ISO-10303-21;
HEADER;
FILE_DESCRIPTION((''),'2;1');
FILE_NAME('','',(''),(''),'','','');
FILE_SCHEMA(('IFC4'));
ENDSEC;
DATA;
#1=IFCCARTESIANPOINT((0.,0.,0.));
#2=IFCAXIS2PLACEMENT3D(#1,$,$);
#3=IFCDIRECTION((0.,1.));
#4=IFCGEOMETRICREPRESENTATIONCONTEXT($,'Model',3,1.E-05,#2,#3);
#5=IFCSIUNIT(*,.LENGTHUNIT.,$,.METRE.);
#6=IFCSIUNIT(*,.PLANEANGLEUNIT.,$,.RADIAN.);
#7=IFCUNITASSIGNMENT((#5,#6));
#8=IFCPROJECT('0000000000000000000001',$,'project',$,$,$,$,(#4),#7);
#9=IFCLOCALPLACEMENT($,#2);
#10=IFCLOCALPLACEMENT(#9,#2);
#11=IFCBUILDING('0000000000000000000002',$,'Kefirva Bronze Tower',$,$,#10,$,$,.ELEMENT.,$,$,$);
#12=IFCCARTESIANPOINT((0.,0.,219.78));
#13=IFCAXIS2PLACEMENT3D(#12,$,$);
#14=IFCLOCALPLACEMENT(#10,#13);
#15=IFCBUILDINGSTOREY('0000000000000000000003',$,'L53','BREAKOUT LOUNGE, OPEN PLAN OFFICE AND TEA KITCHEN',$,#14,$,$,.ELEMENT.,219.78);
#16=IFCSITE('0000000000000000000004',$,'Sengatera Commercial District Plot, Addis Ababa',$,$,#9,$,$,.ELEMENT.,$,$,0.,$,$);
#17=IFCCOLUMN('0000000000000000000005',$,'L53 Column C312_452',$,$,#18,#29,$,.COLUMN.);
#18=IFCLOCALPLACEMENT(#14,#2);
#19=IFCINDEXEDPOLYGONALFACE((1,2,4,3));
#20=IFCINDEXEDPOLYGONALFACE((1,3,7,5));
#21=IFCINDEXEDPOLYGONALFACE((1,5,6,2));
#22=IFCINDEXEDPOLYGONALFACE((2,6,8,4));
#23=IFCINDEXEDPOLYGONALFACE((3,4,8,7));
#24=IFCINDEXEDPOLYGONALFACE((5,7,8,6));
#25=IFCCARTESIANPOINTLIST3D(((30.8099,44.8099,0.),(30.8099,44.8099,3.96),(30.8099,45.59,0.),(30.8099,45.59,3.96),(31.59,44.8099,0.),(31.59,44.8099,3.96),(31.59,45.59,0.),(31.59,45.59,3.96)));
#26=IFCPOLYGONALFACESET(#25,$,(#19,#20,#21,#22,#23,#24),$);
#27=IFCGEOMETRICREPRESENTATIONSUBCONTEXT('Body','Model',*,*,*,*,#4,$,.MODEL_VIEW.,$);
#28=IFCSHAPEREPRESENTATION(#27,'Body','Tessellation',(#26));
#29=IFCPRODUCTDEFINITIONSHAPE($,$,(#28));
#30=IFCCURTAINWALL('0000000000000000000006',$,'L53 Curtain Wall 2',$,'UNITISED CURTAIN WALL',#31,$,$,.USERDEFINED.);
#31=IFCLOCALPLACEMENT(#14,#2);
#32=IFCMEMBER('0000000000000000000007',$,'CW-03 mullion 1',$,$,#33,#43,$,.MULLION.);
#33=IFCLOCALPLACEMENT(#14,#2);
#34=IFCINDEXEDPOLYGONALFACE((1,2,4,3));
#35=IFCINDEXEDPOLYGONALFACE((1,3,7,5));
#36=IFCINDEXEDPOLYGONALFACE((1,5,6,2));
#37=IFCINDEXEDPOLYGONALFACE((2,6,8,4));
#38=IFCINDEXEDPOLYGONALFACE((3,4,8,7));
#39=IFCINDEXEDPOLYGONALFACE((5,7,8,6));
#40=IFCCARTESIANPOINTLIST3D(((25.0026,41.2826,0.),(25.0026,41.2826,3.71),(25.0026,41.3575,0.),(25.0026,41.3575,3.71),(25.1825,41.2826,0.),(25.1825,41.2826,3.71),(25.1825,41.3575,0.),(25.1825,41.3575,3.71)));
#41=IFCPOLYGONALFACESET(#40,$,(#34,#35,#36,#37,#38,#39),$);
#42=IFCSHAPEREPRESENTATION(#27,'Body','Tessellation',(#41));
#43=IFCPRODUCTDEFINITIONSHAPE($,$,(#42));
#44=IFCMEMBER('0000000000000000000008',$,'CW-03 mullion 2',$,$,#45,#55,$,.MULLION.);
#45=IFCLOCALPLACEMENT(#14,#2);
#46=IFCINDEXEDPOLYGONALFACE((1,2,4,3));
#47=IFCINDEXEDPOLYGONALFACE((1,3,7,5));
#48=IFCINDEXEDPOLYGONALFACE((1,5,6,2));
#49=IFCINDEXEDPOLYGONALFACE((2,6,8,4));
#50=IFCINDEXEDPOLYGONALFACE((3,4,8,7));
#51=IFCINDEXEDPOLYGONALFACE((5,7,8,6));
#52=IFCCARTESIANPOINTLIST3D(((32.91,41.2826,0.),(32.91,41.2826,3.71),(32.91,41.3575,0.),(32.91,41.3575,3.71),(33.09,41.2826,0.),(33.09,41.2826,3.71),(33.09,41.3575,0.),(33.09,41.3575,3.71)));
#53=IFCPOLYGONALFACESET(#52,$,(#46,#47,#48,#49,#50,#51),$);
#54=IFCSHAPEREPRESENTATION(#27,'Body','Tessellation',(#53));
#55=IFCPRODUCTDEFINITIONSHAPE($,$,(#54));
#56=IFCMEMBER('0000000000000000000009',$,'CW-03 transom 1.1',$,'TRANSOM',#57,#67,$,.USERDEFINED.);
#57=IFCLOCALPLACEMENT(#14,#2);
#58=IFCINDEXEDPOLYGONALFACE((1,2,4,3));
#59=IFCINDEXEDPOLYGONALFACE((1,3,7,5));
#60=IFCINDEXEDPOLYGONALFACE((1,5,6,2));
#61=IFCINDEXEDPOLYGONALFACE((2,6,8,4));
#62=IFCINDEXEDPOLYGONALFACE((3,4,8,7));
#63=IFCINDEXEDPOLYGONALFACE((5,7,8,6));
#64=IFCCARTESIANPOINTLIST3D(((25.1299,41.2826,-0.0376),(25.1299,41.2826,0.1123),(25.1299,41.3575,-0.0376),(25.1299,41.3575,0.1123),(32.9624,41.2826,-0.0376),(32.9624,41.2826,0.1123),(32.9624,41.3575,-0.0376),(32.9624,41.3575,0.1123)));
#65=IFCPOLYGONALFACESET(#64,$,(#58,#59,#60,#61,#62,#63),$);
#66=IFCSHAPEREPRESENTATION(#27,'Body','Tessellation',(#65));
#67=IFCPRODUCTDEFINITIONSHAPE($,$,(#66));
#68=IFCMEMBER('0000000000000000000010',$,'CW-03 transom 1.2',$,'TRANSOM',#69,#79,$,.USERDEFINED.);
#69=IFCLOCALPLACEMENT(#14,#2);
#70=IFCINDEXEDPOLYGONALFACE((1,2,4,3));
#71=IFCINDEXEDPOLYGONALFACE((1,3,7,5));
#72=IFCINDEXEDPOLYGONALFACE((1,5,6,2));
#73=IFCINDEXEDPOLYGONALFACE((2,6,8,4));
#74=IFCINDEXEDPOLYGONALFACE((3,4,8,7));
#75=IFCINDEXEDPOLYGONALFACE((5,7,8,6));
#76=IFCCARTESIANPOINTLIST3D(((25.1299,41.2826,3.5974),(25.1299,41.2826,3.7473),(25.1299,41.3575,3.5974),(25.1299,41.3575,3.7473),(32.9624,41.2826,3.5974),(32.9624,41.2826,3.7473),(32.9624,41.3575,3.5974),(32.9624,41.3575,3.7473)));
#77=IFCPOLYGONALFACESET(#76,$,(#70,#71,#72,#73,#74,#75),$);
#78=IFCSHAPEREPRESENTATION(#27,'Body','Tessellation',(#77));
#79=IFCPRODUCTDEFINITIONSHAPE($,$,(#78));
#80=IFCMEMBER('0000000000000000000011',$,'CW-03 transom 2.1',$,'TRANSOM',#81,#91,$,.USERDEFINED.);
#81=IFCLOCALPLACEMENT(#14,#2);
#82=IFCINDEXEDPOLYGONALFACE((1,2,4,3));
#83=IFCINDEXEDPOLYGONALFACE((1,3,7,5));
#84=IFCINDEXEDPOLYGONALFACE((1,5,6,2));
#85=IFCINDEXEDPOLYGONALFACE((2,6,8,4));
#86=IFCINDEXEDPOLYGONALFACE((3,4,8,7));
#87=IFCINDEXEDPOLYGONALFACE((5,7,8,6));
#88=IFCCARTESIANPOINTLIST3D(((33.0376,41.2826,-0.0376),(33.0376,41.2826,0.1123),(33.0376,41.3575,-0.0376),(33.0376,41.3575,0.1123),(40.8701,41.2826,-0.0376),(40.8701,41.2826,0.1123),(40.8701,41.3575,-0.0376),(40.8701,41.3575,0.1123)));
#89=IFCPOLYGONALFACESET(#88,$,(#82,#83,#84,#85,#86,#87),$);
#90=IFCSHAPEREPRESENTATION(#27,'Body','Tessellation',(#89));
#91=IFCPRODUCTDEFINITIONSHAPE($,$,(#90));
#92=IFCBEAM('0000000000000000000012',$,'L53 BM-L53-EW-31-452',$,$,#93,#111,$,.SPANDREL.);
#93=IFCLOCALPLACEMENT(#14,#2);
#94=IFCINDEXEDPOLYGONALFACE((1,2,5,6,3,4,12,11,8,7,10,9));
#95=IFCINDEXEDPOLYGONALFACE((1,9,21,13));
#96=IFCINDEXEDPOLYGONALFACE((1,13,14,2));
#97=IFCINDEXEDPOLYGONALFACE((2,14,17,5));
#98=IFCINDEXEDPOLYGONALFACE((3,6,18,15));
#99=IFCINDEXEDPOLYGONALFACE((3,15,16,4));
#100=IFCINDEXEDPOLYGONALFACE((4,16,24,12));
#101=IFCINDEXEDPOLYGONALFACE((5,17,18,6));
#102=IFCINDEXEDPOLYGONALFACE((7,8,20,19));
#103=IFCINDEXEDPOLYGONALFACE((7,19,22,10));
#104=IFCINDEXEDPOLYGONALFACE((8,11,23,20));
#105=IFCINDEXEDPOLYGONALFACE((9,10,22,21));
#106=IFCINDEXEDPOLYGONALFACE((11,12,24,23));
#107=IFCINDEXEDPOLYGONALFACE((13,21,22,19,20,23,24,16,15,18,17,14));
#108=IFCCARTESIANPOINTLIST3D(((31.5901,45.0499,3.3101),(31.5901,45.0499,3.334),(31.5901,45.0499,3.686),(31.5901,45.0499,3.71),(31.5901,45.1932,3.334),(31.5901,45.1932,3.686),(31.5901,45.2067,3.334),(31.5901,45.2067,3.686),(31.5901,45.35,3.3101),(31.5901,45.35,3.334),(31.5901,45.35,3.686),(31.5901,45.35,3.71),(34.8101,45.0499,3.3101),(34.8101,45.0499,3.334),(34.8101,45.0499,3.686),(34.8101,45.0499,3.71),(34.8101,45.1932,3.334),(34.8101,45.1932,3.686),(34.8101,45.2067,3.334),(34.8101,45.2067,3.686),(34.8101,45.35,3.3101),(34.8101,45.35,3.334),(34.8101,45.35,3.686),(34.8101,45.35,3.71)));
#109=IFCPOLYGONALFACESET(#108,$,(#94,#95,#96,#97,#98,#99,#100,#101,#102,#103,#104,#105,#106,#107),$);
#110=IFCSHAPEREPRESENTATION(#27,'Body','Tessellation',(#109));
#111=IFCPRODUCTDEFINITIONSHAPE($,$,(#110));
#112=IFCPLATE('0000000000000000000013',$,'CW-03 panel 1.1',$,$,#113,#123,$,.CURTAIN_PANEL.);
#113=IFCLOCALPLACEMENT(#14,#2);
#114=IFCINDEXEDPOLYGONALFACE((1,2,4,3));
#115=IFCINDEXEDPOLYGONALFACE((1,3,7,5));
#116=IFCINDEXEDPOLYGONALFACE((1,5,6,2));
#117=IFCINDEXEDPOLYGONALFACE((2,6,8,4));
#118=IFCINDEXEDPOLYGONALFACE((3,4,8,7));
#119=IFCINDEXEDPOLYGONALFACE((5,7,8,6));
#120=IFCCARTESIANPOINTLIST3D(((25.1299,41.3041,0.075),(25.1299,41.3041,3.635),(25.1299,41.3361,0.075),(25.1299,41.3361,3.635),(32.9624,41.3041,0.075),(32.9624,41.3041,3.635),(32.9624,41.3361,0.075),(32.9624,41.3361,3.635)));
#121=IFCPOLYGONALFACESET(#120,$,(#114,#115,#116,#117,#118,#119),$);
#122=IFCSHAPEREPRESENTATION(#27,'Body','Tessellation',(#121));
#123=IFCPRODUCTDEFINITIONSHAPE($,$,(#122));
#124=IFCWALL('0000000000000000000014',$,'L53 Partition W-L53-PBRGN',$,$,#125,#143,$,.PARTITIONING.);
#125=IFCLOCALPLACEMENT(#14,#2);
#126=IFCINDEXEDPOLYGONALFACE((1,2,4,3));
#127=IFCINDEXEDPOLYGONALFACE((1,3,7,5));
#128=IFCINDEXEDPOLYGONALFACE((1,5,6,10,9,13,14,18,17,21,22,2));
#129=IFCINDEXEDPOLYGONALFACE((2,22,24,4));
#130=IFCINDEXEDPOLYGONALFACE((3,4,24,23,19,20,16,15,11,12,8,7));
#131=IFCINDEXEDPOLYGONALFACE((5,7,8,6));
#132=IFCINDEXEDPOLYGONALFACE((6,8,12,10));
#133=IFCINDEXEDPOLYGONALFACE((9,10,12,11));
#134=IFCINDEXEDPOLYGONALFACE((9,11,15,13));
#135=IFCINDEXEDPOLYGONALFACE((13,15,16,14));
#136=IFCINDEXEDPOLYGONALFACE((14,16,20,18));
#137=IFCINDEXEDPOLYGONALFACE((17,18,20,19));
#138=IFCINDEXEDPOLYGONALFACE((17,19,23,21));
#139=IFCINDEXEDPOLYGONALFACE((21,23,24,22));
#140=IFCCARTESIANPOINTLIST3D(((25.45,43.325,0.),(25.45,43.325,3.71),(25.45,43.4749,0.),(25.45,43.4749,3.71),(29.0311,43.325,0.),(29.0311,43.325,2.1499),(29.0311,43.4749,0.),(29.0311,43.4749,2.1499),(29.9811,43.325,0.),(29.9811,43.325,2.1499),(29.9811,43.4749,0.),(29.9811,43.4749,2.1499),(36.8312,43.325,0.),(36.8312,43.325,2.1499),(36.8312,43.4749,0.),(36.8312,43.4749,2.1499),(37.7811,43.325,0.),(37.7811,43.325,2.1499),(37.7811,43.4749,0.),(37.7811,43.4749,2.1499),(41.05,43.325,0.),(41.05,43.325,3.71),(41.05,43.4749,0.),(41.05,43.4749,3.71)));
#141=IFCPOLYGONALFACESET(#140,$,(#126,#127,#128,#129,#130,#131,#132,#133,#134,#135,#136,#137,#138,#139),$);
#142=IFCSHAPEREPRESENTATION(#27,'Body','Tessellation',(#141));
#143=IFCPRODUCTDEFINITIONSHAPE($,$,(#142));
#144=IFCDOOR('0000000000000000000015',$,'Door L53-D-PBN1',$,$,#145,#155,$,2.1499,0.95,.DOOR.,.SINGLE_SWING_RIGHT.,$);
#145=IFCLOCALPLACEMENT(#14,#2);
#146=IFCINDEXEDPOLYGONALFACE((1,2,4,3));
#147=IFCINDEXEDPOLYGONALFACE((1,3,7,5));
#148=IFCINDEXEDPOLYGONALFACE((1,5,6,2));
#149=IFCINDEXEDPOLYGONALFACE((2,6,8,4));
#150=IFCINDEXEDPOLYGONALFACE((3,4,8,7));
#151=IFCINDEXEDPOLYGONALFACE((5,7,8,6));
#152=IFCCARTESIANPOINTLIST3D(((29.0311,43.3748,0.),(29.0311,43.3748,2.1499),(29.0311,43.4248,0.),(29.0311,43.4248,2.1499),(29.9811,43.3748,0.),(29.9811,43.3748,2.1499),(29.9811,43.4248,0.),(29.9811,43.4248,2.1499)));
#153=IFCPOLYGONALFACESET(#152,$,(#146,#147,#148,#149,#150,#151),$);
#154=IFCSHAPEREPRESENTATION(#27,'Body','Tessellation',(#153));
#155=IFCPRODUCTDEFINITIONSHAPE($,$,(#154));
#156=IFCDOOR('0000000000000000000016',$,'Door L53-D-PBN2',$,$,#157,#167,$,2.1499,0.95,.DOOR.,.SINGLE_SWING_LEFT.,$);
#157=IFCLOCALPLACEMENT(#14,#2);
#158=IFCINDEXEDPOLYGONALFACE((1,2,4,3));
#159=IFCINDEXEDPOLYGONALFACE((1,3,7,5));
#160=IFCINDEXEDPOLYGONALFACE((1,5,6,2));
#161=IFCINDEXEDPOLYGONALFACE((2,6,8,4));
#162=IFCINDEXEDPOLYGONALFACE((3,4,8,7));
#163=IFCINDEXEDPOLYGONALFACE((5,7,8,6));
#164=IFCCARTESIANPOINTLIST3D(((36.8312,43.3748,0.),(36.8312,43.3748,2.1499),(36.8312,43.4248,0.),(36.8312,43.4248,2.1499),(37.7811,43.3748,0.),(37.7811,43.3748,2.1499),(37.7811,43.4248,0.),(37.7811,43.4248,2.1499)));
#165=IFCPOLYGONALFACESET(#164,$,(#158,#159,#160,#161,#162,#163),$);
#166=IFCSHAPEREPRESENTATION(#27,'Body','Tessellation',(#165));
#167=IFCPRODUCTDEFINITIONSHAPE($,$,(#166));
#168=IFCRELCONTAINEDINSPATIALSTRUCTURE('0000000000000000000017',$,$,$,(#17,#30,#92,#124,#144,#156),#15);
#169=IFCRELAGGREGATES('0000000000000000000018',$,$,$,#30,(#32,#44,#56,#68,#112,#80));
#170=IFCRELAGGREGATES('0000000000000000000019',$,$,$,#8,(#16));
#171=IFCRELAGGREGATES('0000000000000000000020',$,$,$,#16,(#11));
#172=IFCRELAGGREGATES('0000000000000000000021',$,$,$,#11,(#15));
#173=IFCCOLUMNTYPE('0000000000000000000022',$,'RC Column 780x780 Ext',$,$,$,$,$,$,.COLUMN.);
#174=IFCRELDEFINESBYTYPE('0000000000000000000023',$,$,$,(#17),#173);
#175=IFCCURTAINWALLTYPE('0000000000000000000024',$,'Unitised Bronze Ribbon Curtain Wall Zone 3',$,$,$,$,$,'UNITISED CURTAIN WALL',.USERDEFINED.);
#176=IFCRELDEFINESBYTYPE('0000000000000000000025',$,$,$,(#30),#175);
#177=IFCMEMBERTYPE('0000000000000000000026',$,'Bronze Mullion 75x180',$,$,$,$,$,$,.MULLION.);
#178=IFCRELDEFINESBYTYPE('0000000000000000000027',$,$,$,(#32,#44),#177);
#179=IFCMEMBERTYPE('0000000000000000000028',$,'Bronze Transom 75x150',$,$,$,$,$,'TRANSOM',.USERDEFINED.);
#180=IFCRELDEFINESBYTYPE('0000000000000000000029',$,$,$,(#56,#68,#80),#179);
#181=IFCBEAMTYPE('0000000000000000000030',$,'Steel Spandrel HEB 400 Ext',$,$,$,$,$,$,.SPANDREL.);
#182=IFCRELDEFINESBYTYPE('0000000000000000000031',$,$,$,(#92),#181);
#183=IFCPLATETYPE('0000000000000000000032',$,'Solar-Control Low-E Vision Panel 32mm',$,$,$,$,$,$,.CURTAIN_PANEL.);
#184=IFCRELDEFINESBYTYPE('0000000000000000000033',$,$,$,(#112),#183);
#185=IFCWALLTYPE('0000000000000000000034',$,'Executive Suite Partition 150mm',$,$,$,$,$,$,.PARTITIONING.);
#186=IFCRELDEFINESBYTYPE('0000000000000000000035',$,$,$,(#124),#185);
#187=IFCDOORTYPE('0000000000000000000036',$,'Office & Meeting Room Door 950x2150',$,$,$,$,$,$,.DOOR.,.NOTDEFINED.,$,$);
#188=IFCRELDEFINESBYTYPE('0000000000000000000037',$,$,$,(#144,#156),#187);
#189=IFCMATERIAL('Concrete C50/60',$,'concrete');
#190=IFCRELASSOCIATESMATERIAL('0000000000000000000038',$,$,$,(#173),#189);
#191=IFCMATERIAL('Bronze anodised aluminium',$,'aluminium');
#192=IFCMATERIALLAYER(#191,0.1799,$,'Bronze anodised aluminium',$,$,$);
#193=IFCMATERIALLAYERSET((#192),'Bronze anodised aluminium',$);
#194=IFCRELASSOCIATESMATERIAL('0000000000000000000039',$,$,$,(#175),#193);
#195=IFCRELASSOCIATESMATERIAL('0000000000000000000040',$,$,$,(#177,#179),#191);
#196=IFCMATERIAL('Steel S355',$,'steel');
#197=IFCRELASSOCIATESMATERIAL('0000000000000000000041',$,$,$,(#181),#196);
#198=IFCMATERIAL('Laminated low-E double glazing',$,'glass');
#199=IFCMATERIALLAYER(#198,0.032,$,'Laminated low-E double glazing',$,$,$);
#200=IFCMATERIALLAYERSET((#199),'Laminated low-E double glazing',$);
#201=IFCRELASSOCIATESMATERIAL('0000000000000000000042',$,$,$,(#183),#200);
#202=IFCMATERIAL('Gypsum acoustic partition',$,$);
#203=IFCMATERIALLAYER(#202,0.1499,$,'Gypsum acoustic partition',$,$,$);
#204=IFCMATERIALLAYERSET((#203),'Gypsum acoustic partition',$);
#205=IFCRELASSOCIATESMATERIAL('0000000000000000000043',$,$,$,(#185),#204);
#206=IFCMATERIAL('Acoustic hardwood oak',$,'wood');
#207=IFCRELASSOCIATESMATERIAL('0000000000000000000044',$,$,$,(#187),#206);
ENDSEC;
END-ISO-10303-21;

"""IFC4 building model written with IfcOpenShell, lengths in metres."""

from ifc_helpers import new_model, si_unit, direction, frame, frame_2d, origin, origin_2d, place, context, subcontext, project, spatial, rectangle, i_section, extrude, material, layer, layer_set, material_profile, profile_set, type_object, element, fill, aggregate, save


model = new_model("IFC4")

# Units and contexts
model_context = context("Model", 3, precision=1e-05, world=origin(), true_north=direction((0.0, 1.0)))
body_context = subcontext(model_context, "Body", "Model", "MODEL_VIEW")
ifc_project = project(units=[si_unit("LENGTHUNIT", "METRE"), si_unit("PLANEANGLEUNIT", "RADIAN")], contexts=[model_context])

# Site, building, storey
site_placement = place(None, origin())
site = spatial("IfcSite", under=ifc_project, at=site_placement, Name="Sengatera Commercial District Plot, Addis Ababa", CompositionType="ELEMENT", RefElevation=0.0)
building_placement = place(site_placement, origin())
building = spatial("IfcBuilding", under=site, at=building_placement, Name="Kefirva Bronze Tower", CompositionType="ELEMENT")
storey_placement = place(building_placement, frame((0.0, 0.0, 219.78)))
storey = spatial("IfcBuildingStorey", under=building, at=storey_placement, Name="L53", Description="BREAKOUT LOUNGE, OPEN PLAN OFFICE AND TEA KITCHEN", CompositionType="ELEMENT", Elevation=219.78)

# Column
ifc_material_1 = material(Name="Concrete C50/60", Category="concrete")
ifc_material_profile_1 = material_profile(ifc_material_1, rectangle(XDim=0.78, YDim=0.78, at=origin_2d()), Name="RC 780x780")
ifc_profile_set_1 = profile_set([ifc_material_profile_1], Name="Concrete C50/60")
column_type = type_object("IfcColumnType", Name="RC Column 780x780 Ext", PredefinedType="COLUMN", material=ifc_profile_set_1)
column_placement = place(storey_placement, frame((31.2, 45.2, 0.0), z_axis=(0.0, 0.0, 1.0), x_axis=(1.0, 0.0, 0.0)))
element("IfcColumn", 1, at=column_placement, inside=storey, type_object=column_type, Name="L53 Column C312_452", PredefinedType="COLUMN", context=body_context, shape_type="SweptSolid", body=[
    extrude(rectangle(XDim=0.78, YDim=0.78, at=origin_2d()), origin(), (0.0, 0.0, 1.0), 3.96),
])

# Curtain wall, members
ifc_material_2 = material(Name="Bronze anodised aluminium", Category="aluminium")
ifc_layer_1 = layer(ifc_material_2, 0.1799, Name="Bronze anodised aluminium")
ifc_layer_set_1 = layer_set([ifc_layer_1], Name="Bronze anodised aluminium")
curtain_wall_type = type_object("IfcCurtainWallType", Name="Unitised Bronze Ribbon Curtain Wall Zone 3", ElementType="UNITISED CURTAIN WALL", PredefinedType="USERDEFINED", material=ifc_layer_set_1)
curtain_wall_placement = place(storey_placement, origin())
curtain_wall = element("IfcCurtainWall", 2, at=curtain_wall_placement, inside=storey, type_object=curtain_wall_type, Name="L53 Curtain Wall 2", ObjectType="UNITISED CURTAIN WALL", PredefinedType="USERDEFINED")
ifc_material_profile_2 = material_profile(ifc_material_2, rectangle(XDim=0.075, YDim=0.1799, at=origin_2d()), Name="ALU 75x180")
ifc_profile_set_2 = profile_set([ifc_material_profile_2], Name="Bronze anodised aluminium")
member_type_1 = type_object("IfcMemberType", Name="Bronze Mullion 75x180", PredefinedType="MULLION", material=ifc_profile_set_2)
member_1_placement = place(storey_placement, frame((25.0925, 41.3201, 0.0), z_axis=(0.0, 0.0, 1.0), x_axis=(0.0, 1.0, 0.0)))
member_1 = element("IfcMember", 3, at=member_1_placement, type_object=member_type_1, Name="CW-03 mullion 1", PredefinedType="MULLION", context=body_context, shape_type="SweptSolid", body=[
    extrude(rectangle(XDim=0.075, YDim=0.1799, at=origin_2d()), origin(), (0.0, 0.0, 1.0), 3.71),
])
member_2_placement = place(storey_placement, frame((33.0, 41.3201, 0.0), z_axis=(0.0, 0.0, 1.0), x_axis=(0.0, 1.0, 0.0)))
member_2 = element("IfcMember", 4, at=member_2_placement, type_object=member_type_1, Name="CW-03 mullion 2", PredefinedType="MULLION", context=body_context, shape_type="SweptSolid", body=[
    extrude(rectangle(XDim=0.075, YDim=0.1799, at=origin_2d()), origin(), (0.0, 0.0, 1.0), 3.71),
])
ifc_material_profile_3 = material_profile(ifc_material_2, rectangle(XDim=0.075, YDim=0.1499, at=origin_2d()), Name="ALU 75x150")
ifc_profile_set_3 = profile_set([ifc_material_profile_3], Name="Bronze anodised aluminium")
member_type_2 = type_object("IfcMemberType", Name="Bronze Transom 75x150", ElementType="TRANSOM", PredefinedType="USERDEFINED", material=ifc_profile_set_3)
member_3_placement = place(storey_placement, frame((25.1299, 41.3201, 0.0374), z_axis=(1.0, 0.0, 0.0), x_axis=(0.0, 1.0, 0.0)))
member_3 = element("IfcMember", 5, at=member_3_placement, type_object=member_type_2, Name="CW-03 transom 1.1", ObjectType="TRANSOM", PredefinedType="USERDEFINED", context=body_context, shape_type="SweptSolid", body=[
    extrude(rectangle(XDim=0.075, YDim=0.1499, at=origin_2d()), origin(), (0.0, 0.0, 1.0), 7.8325),
])
member_4_placement = place(storey_placement, frame((25.1299, 41.3201, 3.6724), z_axis=(1.0, 0.0, 0.0), x_axis=(0.0, 1.0, 0.0)))
member_4 = element("IfcMember", 6, at=member_4_placement, type_object=member_type_2, Name="CW-03 transom 1.2", ObjectType="TRANSOM", PredefinedType="USERDEFINED", context=body_context, shape_type="SweptSolid", body=[
    extrude(rectangle(XDim=0.075, YDim=0.1499, at=origin_2d()), origin(), (0.0, 0.0, 1.0), 7.8325),
])
member_5_placement = place(storey_placement, frame((33.0376, 41.3201, 0.0374), z_axis=(1.0, 0.0, 0.0), x_axis=(0.0, 1.0, 0.0)))
member_5 = element("IfcMember", 7, at=member_5_placement, type_object=member_type_2, Name="CW-03 transom 2.1", ObjectType="TRANSOM", PredefinedType="USERDEFINED", context=body_context, shape_type="SweptSolid", body=[
    extrude(rectangle(XDim=0.075, YDim=0.1499, at=origin_2d()), origin(), (0.0, 0.0, 1.0), 7.8325),
])

# Beam
ifc_material_3 = material(Name="Steel S355", Category="steel")
ifc_material_profile_4 = material_profile(ifc_material_3, i_section(OverallWidth=0.3, OverallDepth=0.3999, WebThickness=0.0134, FlangeThickness=0.0239, at=origin_2d()), Name="HEB 400")
ifc_profile_set_4 = profile_set([ifc_material_profile_4], Name="Steel S355")
beam_type = type_object("IfcBeamType", Name="Steel Spandrel HEB 400 Ext", PredefinedType="SPANDREL", material=ifc_profile_set_4)
beam_placement = place(storey_placement, frame((31.5901, 45.2, 3.51), z_axis=(1.0, 0.0, 0.0), x_axis=(0.0, 1.0, 0.0)))
element("IfcBeam", 8, at=beam_placement, inside=storey, type_object=beam_type, Name="L53 BM-L53-EW-31-452", PredefinedType="SPANDREL", context=body_context, shape_type="SweptSolid", body=[
    extrude(i_section(OverallWidth=0.3, OverallDepth=0.3999, WebThickness=0.0134, FlangeThickness=0.0239, at=origin_2d()), origin(), (0.0, 0.0, 1.0), 3.22),
])

# Plate
ifc_material_4 = material(Name="Laminated low-E double glazing", Category="glass")
ifc_layer_2 = layer(ifc_material_4, 0.032, Name="Laminated low-E double glazing")
ifc_layer_set_2 = layer_set([ifc_layer_2], Name="Laminated low-E double glazing")
plate_type = type_object("IfcPlateType", Name="Solar-Control Low-E Vision Panel 32mm", PredefinedType="CURTAIN_PANEL", material=ifc_layer_set_2)
plate_placement = place(storey_placement, frame((29.0461, 41.3201, 0.075), z_axis=(0.0, 0.0, 1.0), x_axis=(1.0, 0.0, 0.0)))
plate = element("IfcPlate", 9, at=plate_placement, type_object=plate_type, Name="CW-03 panel 1.1", PredefinedType="CURTAIN_PANEL", context=body_context, shape_type="SweptSolid", body=[
    extrude(rectangle(XDim=7.8325, YDim=0.032, at=origin_2d()), origin(), (0.0, 0.0, 1.0), 3.5601),
])
aggregate(curtain_wall, [member_1, member_2, member_3, member_4, plate, member_5])

# Wall, openings, doors
ifc_material_5 = material(Name="Gypsum acoustic partition")
ifc_layer_3 = layer(ifc_material_5, 0.1499, Name="Gypsum acoustic partition")
ifc_layer_set_3 = layer_set([ifc_layer_3], Name="Gypsum acoustic partition")
wall_type = type_object("IfcWallType", Name="Executive Suite Partition 150mm", PredefinedType="PARTITIONING", material=ifc_layer_set_3)
wall_1_placement = place(storey_placement, frame((25.45, 43.3999, 0.0), z_axis=(0.0, 0.0, 1.0), x_axis=(1.0, 0.0, 0.0)))
wall_1 = element("IfcWall", 10, at=wall_1_placement, inside=storey, type_object=wall_type, Name="L53 Partition W-L53-PBRGN", PredefinedType="PARTITIONING", context=body_context, shape_type="SweptSolid", body=[
    extrude(rectangle(XDim=15.6001, YDim=0.1499, at=frame_2d((7.8, 0.0))), origin(), (0.0, 0.0, 1.0), 3.71),
])
opening_1_placement = place(wall_1_placement, frame((3.5811, 0.0, 0.0)))
opening_1 = element("IfcOpeningElement", 11, at=opening_1_placement, cuts=wall_1, PredefinedType="OPENING", context=body_context, shape_type="SweptSolid", body=[
    extrude(rectangle(XDim=0.95, YDim=2.1499, at=frame_2d((0.4751, 1.075))), frame((0.0, 0.085, 0.0), z_axis=(0.0, -1.0, 0.0), x_axis=(1.0, 0.0, 0.0)), (0.0, 0.0, 1.0), 0.1699),
])
opening_2_placement = place(wall_1_placement, frame((11.3811, 0.0, 0.0)))
opening_2 = element("IfcOpeningElement", 12, at=opening_2_placement, cuts=wall_1, PredefinedType="OPENING", context=body_context, shape_type="SweptSolid", body=[
    extrude(rectangle(XDim=0.95, YDim=2.1499, at=frame_2d((0.4751, 1.075))), frame((0.0, 0.085, 0.0), z_axis=(0.0, -1.0, 0.0), x_axis=(1.0, 0.0, 0.0)), (0.0, 0.0, 1.0), 0.1699),
])
ifc_material_6 = material(Name="Acoustic hardwood oak", Category="wood")
door_type = type_object("IfcDoorType", Name="Office & Meeting Room Door 950x2150", OperationType="NOTDEFINED", PredefinedType="DOOR", material=ifc_material_6)
door_1_placement = place(opening_1_placement, origin())
door_1 = element("IfcDoor", 13, at=door_1_placement, inside=storey, type_object=door_type, Name="Door L53-D-PBN1", OperationType="SINGLE_SWING_RIGHT", OverallHeight=2.1499, OverallWidth=0.95, PredefinedType="DOOR", context=body_context, shape_type="SweptSolid", body=[
    extrude(rectangle(XDim=0.95, YDim=2.1499, at=frame_2d((0.4751, 1.075))), frame((0.0, 0.0249, 0.0), z_axis=(0.0, -1.0, 0.0), x_axis=(1.0, 0.0, 0.0)), (0.0, 0.0, 1.0), 0.05),
])
fill(opening_1, door_1)
door_2_placement = place(opening_2_placement, origin())
door_2 = element("IfcDoor", 14, at=door_2_placement, inside=storey, type_object=door_type, Name="Door L53-D-PBN2", OperationType="SINGLE_SWING_LEFT", OverallHeight=2.1499, OverallWidth=0.95, PredefinedType="DOOR", context=body_context, shape_type="SweptSolid", body=[
    extrude(rectangle(XDim=0.95, YDim=2.1499, at=frame_2d((0.4751, 1.075))), frame((0.0, 0.0249, 0.0), z_axis=(0.0, -1.0, 0.0), x_axis=(1.0, 0.0, 0.0)), (0.0, 0.0, 1.0), 0.05),
])
fill(opening_2, door_2)

save(model, "model.ifc")
